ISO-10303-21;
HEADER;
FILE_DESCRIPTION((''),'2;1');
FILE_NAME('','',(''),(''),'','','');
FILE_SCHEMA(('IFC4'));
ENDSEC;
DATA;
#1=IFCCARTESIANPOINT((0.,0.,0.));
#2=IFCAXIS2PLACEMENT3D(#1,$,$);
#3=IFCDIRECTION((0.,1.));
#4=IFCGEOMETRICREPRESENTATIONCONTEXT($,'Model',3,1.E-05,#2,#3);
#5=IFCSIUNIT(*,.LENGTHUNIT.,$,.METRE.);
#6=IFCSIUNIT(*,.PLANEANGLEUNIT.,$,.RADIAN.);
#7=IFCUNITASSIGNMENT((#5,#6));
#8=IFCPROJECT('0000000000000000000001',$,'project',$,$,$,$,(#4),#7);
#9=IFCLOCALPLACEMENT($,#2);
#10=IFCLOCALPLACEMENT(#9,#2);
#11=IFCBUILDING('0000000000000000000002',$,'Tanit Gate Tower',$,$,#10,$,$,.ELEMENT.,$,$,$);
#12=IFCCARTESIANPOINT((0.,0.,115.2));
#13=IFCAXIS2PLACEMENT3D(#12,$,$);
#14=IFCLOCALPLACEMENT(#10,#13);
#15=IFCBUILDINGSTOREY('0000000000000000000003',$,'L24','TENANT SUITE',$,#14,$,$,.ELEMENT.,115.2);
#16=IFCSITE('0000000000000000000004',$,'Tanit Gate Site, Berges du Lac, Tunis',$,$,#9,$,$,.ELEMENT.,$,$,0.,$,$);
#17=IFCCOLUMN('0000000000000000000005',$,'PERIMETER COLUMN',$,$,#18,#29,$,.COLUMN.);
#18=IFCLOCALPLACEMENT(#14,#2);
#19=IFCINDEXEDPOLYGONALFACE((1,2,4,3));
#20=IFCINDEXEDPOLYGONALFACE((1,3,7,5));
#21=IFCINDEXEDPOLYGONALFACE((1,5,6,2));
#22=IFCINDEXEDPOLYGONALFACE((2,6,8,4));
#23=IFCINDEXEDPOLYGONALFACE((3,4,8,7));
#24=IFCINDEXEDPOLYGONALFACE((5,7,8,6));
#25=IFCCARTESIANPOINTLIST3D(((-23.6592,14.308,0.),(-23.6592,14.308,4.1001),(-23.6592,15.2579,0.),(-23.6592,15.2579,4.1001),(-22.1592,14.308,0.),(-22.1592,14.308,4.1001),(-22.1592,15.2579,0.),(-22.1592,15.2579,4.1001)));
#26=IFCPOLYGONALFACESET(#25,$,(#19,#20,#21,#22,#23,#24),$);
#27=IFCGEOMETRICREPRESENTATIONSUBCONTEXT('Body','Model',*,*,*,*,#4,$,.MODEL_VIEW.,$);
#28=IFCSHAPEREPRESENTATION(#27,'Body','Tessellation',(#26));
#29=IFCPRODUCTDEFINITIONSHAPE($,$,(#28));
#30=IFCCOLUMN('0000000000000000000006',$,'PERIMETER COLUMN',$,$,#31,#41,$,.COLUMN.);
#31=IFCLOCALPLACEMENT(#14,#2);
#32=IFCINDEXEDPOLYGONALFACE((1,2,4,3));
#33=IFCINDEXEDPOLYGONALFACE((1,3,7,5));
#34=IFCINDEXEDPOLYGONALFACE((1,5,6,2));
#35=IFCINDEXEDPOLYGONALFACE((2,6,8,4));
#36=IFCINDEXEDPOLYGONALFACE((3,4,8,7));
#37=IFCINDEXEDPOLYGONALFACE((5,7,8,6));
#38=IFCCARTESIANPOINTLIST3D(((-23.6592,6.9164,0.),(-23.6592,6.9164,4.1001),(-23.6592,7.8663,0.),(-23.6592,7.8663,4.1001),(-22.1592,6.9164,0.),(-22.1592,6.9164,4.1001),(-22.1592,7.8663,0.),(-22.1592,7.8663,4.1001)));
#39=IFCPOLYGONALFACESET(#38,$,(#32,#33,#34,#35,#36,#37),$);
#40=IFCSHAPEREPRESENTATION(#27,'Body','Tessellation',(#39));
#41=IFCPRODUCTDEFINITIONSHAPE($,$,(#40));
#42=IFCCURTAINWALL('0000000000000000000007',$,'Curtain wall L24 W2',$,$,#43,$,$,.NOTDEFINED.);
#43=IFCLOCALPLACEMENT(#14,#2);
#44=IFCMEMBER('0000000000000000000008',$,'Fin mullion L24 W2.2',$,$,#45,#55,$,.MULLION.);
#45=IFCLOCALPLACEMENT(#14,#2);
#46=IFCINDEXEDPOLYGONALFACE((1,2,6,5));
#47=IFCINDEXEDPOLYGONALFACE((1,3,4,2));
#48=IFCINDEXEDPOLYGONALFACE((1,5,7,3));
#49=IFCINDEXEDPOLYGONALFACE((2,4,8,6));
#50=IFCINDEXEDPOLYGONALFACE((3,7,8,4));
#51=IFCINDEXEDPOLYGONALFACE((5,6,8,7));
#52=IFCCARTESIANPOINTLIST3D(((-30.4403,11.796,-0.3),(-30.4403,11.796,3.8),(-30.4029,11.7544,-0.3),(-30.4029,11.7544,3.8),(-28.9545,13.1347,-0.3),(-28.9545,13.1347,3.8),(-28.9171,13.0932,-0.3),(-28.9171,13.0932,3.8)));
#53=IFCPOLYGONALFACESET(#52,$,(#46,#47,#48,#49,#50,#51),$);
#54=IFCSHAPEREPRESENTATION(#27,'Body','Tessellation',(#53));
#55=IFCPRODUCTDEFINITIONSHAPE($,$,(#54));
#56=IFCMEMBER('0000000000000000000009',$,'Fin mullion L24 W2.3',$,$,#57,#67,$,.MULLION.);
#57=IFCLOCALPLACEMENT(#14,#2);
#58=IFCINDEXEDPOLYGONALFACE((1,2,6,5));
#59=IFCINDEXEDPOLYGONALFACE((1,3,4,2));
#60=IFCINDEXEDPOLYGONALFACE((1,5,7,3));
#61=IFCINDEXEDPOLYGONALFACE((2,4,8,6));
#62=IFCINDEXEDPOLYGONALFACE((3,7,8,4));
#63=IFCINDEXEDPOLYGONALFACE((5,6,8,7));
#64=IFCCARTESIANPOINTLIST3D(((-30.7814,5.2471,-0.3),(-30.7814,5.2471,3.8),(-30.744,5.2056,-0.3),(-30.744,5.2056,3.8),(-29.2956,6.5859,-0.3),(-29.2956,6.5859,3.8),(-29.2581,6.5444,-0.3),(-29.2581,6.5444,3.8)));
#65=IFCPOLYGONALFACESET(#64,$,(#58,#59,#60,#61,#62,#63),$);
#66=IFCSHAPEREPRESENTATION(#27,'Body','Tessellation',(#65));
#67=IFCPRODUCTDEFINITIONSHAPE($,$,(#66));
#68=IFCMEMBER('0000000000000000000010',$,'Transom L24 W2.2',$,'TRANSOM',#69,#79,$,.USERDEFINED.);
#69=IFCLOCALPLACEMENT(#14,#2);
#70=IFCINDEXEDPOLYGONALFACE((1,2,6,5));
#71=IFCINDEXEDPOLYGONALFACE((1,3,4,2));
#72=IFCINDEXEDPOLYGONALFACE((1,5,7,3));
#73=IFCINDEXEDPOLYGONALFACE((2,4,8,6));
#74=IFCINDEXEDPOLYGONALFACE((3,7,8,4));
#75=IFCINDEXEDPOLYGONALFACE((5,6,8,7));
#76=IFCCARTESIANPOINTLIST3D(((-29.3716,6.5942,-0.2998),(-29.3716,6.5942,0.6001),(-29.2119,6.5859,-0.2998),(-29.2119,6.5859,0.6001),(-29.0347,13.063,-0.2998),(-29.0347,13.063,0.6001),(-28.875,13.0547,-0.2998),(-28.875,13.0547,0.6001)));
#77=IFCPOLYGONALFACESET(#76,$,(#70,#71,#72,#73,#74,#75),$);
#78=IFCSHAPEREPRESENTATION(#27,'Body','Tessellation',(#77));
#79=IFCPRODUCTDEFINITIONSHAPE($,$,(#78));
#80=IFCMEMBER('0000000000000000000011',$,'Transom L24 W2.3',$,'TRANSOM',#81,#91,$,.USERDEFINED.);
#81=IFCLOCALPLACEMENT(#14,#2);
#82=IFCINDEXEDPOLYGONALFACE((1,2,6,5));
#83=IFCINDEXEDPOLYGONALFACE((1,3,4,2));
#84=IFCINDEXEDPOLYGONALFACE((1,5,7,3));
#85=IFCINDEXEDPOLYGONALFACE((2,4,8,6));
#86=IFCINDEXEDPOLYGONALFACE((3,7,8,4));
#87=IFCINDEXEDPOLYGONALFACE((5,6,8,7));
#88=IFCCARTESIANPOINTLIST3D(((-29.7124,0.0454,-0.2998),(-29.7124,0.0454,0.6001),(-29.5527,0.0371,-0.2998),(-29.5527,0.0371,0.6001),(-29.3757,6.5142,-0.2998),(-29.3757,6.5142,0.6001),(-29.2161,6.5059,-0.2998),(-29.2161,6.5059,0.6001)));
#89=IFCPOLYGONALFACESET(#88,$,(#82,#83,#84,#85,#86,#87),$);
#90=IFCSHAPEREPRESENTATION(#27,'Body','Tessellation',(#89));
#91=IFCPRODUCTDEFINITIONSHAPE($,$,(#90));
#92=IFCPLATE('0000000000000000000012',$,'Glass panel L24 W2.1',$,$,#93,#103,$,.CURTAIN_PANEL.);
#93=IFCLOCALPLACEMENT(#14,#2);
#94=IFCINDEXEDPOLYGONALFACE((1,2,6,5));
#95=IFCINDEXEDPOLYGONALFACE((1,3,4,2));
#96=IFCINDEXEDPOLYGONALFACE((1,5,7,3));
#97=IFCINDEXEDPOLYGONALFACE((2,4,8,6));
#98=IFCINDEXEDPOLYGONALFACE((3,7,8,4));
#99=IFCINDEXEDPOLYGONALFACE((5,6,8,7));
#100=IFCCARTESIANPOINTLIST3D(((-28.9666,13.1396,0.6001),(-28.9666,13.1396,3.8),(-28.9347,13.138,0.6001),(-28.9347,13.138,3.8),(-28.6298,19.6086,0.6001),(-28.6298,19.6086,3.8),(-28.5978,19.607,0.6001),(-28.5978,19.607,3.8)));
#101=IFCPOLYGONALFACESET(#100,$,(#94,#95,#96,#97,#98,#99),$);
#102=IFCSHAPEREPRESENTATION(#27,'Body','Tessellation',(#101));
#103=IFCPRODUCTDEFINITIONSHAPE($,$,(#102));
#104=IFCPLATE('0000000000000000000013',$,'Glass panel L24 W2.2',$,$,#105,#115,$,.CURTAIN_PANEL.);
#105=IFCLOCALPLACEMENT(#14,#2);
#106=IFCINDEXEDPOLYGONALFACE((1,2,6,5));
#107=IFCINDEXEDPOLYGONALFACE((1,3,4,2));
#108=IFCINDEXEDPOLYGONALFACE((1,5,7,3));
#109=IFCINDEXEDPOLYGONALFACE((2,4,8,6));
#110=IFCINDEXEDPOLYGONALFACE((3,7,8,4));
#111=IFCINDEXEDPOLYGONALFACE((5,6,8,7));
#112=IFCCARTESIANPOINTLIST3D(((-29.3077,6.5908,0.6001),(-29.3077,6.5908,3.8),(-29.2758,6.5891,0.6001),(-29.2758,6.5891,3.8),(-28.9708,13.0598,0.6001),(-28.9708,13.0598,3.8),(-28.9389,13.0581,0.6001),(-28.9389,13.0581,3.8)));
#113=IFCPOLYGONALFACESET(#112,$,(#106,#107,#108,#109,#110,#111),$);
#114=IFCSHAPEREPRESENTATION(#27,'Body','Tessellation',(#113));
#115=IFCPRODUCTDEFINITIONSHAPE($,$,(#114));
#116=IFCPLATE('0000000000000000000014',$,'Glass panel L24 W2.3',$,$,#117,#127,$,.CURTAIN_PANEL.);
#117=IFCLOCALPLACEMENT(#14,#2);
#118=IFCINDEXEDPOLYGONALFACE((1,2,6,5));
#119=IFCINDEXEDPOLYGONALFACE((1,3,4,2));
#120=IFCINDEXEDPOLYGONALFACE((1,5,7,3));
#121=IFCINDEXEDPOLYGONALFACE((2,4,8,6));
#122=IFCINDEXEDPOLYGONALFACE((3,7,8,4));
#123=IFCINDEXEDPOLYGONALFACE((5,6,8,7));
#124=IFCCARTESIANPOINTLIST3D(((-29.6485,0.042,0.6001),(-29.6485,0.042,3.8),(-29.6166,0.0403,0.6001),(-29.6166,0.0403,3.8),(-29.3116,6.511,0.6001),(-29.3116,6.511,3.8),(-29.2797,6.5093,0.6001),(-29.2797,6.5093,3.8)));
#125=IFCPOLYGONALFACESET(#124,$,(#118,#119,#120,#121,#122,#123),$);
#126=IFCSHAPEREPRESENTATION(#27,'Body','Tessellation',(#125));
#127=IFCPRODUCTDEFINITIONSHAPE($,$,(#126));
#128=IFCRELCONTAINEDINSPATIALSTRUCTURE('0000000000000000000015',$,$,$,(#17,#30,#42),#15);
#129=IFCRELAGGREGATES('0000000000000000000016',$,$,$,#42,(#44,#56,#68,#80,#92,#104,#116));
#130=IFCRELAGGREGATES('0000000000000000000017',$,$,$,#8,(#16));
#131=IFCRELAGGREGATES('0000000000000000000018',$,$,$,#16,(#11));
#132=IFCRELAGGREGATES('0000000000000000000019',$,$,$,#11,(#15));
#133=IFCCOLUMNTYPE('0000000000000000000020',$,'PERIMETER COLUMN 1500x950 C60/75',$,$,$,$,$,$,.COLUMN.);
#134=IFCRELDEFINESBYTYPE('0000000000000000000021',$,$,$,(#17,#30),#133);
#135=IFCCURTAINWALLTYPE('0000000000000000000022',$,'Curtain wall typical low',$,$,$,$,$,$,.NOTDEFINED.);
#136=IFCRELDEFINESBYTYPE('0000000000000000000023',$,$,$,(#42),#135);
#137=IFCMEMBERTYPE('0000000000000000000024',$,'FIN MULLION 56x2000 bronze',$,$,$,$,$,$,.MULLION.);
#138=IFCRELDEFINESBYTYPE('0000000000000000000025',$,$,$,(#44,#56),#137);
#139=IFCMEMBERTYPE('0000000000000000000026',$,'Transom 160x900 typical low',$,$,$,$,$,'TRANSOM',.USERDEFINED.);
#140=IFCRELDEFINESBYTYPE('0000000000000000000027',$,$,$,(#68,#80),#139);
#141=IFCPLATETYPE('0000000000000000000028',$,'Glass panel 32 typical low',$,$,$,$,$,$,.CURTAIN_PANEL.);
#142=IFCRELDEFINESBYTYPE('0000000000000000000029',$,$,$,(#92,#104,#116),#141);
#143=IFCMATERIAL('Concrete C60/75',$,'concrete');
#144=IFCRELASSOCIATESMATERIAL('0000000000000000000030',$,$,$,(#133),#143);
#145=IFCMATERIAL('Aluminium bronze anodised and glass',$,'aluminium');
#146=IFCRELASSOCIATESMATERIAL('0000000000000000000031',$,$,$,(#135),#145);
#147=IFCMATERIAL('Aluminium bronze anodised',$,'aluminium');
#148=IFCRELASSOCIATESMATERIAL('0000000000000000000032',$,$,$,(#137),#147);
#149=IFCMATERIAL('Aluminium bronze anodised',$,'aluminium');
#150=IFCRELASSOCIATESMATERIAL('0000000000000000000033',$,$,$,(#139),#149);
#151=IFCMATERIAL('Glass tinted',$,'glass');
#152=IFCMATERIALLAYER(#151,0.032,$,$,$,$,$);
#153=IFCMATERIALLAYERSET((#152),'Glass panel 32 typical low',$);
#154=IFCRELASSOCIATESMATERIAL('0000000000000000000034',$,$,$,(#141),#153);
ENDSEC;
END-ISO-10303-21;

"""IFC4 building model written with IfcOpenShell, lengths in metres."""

from ifc_helpers import new_model, si_unit, direction, frame, origin, origin_2d, place, context, subcontext, project, spatial, rectangle, extrude, material, layer, layer_set, material_profile, profile_set, type_object, element, aggregate, save


model = new_model("IFC4")

# Units and contexts
model_context = context("Model", 3, precision=1e-05, world=origin(), true_north=direction((0.0, 1.0)))
body_context = subcontext(model_context, "Body", "Model", "MODEL_VIEW")
ifc_project = project(units=[si_unit("LENGTHUNIT", "METRE"), si_unit("PLANEANGLEUNIT", "RADIAN")], contexts=[model_context])

# Site, building, storey
site_placement = place(None, origin())
site = spatial("IfcSite", under=ifc_project, at=site_placement, Name="Tanit Gate Site, Berges du Lac, Tunis", CompositionType="ELEMENT", RefElevation=0.0)
building_placement = place(site_placement, origin())
building = spatial("IfcBuilding", under=site, at=building_placement, Name="Tanit Gate Tower", CompositionType="ELEMENT")
storey_placement = place(building_placement, frame((0.0, 0.0, 115.2)))
storey = spatial("IfcBuildingStorey", under=building, at=storey_placement, Name="L24", Description="TENANT SUITE", CompositionType="ELEMENT", Elevation=115.2)

# Columns
ifc_material_1 = material(Name="Concrete C60/75", Category="concrete")
ifc_material_profile_1 = material_profile(ifc_material_1, rectangle(XDim=1.5, YDim=0.95, at=origin_2d()), Name="RC 1500x950")
ifc_profile_set_1 = profile_set([ifc_material_profile_1], Name="Concrete C60/75")
column_type = type_object("IfcColumnType", Name="PERIMETER COLUMN 1500x950 C60/75", PredefinedType="COLUMN", material=ifc_profile_set_1)
for number, where, z_axis, x_axis, name in (
    (1, (-22.9092, 14.783, 0.0), (0.0, 0.0, 1.0), (-1.0, 0.0, 0.0), "PERIMETER COLUMN"),
    (2, (-22.9092, 7.3914, 0.0), (0.0, 0.0, 1.0), (-1.0, 0.0, 0.0), "PERIMETER COLUMN"),
):
    element("IfcColumn", number, at=place(storey_placement, frame(where, z_axis=z_axis, x_axis=x_axis)), inside=storey, type_object=column_type, Name=name, PredefinedType="COLUMN", context=body_context, shape_type="SweptSolid", body=[
        extrude(rectangle(XDim=1.5, YDim=0.95, at=origin_2d()), origin(), (0.0, 0.0, 1.0), 4.1001),
    ])

# Curtain wall, members, plates
ifc_material_2 = material(Name="Aluminium bronze anodised and glass", Category="aluminium")
curtain_wall_type = type_object("IfcCurtainWallType", Name="Curtain wall typical low", PredefinedType="NOTDEFINED", material=ifc_material_2)
curtain_wall_placement = place(storey_placement, origin())
curtain_wall = element("IfcCurtainWall", 3, at=curtain_wall_placement, inside=storey, type_object=curtain_wall_type, Name="Curtain wall L24 W2", PredefinedType="NOTDEFINED")
ifc_material_3 = material(Name="Aluminium bronze anodised", Category="aluminium")
ifc_material_profile_2 = material_profile(ifc_material_3, rectangle(XDim=2.0, YDim=0.0559, at=origin_2d()), Name="56x2000 bronze fin mullion")
ifc_profile_set_2 = profile_set([ifc_material_profile_2], Name="Aluminium bronze anodised")
member_type_1 = type_object("IfcMemberType", Name="FIN MULLION 56x2000 bronze", PredefinedType="MULLION", material=ifc_profile_set_2)
member_1_placement = place(storey_placement, frame((-29.6787, 12.4446, -0.3), z_axis=(0.0, 0.0, 1.0), x_axis=(0.742922, 0.669378, 0.0)))
member_1 = element("IfcMember", 4, at=member_1_placement, type_object=member_type_1, Name="Fin mullion L24 W2.2", PredefinedType="MULLION", context=body_context, shape_type="SweptSolid", body=[
    extrude(rectangle(XDim=2.0, YDim=0.0559, at=origin_2d()), origin(), (0.0, 0.0, 1.0), 4.1001),
])
member_2_placement = place(storey_placement, frame((-30.0198, 5.8958, -0.3), z_axis=(0.0, 0.0, 1.0), x_axis=(0.742922, 0.669378, 0.0)))
member_2 = element("IfcMember", 5, at=member_2_placement, type_object=member_type_1, Name="Fin mullion L24 W2.3", PredefinedType="MULLION", context=body_context, shape_type="SweptSolid", body=[
    extrude(rectangle(XDim=2.0, YDim=0.0559, at=origin_2d()), origin(), (0.0, 0.0, 1.0), 4.1001),
])
ifc_material_4 = material(Name="Aluminium bronze anodised", Category="aluminium")
ifc_material_profile_3 = material_profile(ifc_material_4, rectangle(XDim=0.1599, YDim=0.8999, at=origin_2d()), Name="160x900 bronze transom")
ifc_profile_set_3 = profile_set([ifc_material_profile_3], Name="Aluminium bronze anodised")
member_type_2 = type_object("IfcMemberType", Name="Transom 160x900 typical low", ElementType="TRANSOM", PredefinedType="USERDEFINED", material=ifc_profile_set_3)
member_3_placement = place(storey_placement, frame((-28.9548, 13.0588, 0.1501), z_axis=(-0.052013, -0.998646, 0.0), x_axis=(0.998646, -0.052013, 0.0)))
member_3 = element("IfcMember", 6, at=member_3_placement, type_object=member_type_2, Name="Transom L24 W2.2", ObjectType="TRANSOM", PredefinedType="USERDEFINED", context=body_context, shape_type="SweptSolid", body=[
    extrude(rectangle(XDim=0.1599, YDim=0.8999, at=origin_2d()), origin(), (0.0, 0.0, 1.0), 6.4775),
])
member_4_placement = place(storey_placement, frame((-29.2959, 6.51, 0.1501), z_axis=(-0.051975, -0.998648, 0.0), x_axis=(0.998648, -0.051975, 0.0)))
member_4 = element("IfcMember", 7, at=member_4_placement, type_object=member_type_2, Name="Transom L24 W2.3", ObjectType="TRANSOM", PredefinedType="USERDEFINED", context=body_context, shape_type="SweptSolid", body=[
    extrude(rectangle(XDim=0.1599, YDim=0.8999, at=origin_2d()), origin(), (0.0, 0.0, 1.0), 6.4775),
])
ifc_material_5 = material(Name="Glass tinted", Category="glass")
ifc_layer = layer(ifc_material_5, 0.032)
ifc_layer_set = layer_set([ifc_layer], Name="Glass panel 32 typical low")
plate_type = type_object("IfcPlateType", Name="Glass panel 32 typical low", PredefinedType="CURTAIN_PANEL", material=ifc_layer_set)
plate_1_placement = place(storey_placement, frame((-28.7822, 16.3733, 0.6001), z_axis=(0.0, 0.0, 1.0), x_axis=(-0.052003, -0.998647, 0.0)))
plate_1 = element("IfcPlate", 8, at=plate_1_placement, type_object=plate_type, Name="Glass panel L24 W2.1", PredefinedType="CURTAIN_PANEL", context=body_context, shape_type="SweptSolid", body=[
    extrude(rectangle(XDim=6.4778, YDim=0.032, at=origin_2d()), origin(), (0.0, 0.0, 1.0), 3.2),
])
plate_2_placement = place(storey_placement, frame((-29.1233, 9.8245, 0.6001), z_axis=(0.0, 0.0, 1.0), x_axis=(-0.052003, -0.998647, 0.0)))
plate_2 = element("IfcPlate", 9, at=plate_2_placement, type_object=plate_type, Name="Glass panel L24 W2.2", PredefinedType="CURTAIN_PANEL", context=body_context, shape_type="SweptSolid", body=[
    extrude(rectangle(XDim=6.4778, YDim=0.032, at=origin_2d()), origin(), (0.0, 0.0, 1.0), 3.2),
])
plate_3_placement = place(storey_placement, frame((-29.4641, 3.2756, 0.6001), z_axis=(0.0, 0.0, 1.0), x_axis=(-0.052003, -0.998647, 0.0)))
plate_3 = element("IfcPlate", 10, at=plate_3_placement, type_object=plate_type, Name="Glass panel L24 W2.3", PredefinedType="CURTAIN_PANEL", context=body_context, shape_type="SweptSolid", body=[
    extrude(rectangle(XDim=6.4778, YDim=0.032, at=origin_2d()), origin(), (0.0, 0.0, 1.0), 3.2),
])
aggregate(curtain_wall, [member_1, member_2, member_3, member_4, plate_1, plate_2, plate_3])

save(model, "model.ifc")
